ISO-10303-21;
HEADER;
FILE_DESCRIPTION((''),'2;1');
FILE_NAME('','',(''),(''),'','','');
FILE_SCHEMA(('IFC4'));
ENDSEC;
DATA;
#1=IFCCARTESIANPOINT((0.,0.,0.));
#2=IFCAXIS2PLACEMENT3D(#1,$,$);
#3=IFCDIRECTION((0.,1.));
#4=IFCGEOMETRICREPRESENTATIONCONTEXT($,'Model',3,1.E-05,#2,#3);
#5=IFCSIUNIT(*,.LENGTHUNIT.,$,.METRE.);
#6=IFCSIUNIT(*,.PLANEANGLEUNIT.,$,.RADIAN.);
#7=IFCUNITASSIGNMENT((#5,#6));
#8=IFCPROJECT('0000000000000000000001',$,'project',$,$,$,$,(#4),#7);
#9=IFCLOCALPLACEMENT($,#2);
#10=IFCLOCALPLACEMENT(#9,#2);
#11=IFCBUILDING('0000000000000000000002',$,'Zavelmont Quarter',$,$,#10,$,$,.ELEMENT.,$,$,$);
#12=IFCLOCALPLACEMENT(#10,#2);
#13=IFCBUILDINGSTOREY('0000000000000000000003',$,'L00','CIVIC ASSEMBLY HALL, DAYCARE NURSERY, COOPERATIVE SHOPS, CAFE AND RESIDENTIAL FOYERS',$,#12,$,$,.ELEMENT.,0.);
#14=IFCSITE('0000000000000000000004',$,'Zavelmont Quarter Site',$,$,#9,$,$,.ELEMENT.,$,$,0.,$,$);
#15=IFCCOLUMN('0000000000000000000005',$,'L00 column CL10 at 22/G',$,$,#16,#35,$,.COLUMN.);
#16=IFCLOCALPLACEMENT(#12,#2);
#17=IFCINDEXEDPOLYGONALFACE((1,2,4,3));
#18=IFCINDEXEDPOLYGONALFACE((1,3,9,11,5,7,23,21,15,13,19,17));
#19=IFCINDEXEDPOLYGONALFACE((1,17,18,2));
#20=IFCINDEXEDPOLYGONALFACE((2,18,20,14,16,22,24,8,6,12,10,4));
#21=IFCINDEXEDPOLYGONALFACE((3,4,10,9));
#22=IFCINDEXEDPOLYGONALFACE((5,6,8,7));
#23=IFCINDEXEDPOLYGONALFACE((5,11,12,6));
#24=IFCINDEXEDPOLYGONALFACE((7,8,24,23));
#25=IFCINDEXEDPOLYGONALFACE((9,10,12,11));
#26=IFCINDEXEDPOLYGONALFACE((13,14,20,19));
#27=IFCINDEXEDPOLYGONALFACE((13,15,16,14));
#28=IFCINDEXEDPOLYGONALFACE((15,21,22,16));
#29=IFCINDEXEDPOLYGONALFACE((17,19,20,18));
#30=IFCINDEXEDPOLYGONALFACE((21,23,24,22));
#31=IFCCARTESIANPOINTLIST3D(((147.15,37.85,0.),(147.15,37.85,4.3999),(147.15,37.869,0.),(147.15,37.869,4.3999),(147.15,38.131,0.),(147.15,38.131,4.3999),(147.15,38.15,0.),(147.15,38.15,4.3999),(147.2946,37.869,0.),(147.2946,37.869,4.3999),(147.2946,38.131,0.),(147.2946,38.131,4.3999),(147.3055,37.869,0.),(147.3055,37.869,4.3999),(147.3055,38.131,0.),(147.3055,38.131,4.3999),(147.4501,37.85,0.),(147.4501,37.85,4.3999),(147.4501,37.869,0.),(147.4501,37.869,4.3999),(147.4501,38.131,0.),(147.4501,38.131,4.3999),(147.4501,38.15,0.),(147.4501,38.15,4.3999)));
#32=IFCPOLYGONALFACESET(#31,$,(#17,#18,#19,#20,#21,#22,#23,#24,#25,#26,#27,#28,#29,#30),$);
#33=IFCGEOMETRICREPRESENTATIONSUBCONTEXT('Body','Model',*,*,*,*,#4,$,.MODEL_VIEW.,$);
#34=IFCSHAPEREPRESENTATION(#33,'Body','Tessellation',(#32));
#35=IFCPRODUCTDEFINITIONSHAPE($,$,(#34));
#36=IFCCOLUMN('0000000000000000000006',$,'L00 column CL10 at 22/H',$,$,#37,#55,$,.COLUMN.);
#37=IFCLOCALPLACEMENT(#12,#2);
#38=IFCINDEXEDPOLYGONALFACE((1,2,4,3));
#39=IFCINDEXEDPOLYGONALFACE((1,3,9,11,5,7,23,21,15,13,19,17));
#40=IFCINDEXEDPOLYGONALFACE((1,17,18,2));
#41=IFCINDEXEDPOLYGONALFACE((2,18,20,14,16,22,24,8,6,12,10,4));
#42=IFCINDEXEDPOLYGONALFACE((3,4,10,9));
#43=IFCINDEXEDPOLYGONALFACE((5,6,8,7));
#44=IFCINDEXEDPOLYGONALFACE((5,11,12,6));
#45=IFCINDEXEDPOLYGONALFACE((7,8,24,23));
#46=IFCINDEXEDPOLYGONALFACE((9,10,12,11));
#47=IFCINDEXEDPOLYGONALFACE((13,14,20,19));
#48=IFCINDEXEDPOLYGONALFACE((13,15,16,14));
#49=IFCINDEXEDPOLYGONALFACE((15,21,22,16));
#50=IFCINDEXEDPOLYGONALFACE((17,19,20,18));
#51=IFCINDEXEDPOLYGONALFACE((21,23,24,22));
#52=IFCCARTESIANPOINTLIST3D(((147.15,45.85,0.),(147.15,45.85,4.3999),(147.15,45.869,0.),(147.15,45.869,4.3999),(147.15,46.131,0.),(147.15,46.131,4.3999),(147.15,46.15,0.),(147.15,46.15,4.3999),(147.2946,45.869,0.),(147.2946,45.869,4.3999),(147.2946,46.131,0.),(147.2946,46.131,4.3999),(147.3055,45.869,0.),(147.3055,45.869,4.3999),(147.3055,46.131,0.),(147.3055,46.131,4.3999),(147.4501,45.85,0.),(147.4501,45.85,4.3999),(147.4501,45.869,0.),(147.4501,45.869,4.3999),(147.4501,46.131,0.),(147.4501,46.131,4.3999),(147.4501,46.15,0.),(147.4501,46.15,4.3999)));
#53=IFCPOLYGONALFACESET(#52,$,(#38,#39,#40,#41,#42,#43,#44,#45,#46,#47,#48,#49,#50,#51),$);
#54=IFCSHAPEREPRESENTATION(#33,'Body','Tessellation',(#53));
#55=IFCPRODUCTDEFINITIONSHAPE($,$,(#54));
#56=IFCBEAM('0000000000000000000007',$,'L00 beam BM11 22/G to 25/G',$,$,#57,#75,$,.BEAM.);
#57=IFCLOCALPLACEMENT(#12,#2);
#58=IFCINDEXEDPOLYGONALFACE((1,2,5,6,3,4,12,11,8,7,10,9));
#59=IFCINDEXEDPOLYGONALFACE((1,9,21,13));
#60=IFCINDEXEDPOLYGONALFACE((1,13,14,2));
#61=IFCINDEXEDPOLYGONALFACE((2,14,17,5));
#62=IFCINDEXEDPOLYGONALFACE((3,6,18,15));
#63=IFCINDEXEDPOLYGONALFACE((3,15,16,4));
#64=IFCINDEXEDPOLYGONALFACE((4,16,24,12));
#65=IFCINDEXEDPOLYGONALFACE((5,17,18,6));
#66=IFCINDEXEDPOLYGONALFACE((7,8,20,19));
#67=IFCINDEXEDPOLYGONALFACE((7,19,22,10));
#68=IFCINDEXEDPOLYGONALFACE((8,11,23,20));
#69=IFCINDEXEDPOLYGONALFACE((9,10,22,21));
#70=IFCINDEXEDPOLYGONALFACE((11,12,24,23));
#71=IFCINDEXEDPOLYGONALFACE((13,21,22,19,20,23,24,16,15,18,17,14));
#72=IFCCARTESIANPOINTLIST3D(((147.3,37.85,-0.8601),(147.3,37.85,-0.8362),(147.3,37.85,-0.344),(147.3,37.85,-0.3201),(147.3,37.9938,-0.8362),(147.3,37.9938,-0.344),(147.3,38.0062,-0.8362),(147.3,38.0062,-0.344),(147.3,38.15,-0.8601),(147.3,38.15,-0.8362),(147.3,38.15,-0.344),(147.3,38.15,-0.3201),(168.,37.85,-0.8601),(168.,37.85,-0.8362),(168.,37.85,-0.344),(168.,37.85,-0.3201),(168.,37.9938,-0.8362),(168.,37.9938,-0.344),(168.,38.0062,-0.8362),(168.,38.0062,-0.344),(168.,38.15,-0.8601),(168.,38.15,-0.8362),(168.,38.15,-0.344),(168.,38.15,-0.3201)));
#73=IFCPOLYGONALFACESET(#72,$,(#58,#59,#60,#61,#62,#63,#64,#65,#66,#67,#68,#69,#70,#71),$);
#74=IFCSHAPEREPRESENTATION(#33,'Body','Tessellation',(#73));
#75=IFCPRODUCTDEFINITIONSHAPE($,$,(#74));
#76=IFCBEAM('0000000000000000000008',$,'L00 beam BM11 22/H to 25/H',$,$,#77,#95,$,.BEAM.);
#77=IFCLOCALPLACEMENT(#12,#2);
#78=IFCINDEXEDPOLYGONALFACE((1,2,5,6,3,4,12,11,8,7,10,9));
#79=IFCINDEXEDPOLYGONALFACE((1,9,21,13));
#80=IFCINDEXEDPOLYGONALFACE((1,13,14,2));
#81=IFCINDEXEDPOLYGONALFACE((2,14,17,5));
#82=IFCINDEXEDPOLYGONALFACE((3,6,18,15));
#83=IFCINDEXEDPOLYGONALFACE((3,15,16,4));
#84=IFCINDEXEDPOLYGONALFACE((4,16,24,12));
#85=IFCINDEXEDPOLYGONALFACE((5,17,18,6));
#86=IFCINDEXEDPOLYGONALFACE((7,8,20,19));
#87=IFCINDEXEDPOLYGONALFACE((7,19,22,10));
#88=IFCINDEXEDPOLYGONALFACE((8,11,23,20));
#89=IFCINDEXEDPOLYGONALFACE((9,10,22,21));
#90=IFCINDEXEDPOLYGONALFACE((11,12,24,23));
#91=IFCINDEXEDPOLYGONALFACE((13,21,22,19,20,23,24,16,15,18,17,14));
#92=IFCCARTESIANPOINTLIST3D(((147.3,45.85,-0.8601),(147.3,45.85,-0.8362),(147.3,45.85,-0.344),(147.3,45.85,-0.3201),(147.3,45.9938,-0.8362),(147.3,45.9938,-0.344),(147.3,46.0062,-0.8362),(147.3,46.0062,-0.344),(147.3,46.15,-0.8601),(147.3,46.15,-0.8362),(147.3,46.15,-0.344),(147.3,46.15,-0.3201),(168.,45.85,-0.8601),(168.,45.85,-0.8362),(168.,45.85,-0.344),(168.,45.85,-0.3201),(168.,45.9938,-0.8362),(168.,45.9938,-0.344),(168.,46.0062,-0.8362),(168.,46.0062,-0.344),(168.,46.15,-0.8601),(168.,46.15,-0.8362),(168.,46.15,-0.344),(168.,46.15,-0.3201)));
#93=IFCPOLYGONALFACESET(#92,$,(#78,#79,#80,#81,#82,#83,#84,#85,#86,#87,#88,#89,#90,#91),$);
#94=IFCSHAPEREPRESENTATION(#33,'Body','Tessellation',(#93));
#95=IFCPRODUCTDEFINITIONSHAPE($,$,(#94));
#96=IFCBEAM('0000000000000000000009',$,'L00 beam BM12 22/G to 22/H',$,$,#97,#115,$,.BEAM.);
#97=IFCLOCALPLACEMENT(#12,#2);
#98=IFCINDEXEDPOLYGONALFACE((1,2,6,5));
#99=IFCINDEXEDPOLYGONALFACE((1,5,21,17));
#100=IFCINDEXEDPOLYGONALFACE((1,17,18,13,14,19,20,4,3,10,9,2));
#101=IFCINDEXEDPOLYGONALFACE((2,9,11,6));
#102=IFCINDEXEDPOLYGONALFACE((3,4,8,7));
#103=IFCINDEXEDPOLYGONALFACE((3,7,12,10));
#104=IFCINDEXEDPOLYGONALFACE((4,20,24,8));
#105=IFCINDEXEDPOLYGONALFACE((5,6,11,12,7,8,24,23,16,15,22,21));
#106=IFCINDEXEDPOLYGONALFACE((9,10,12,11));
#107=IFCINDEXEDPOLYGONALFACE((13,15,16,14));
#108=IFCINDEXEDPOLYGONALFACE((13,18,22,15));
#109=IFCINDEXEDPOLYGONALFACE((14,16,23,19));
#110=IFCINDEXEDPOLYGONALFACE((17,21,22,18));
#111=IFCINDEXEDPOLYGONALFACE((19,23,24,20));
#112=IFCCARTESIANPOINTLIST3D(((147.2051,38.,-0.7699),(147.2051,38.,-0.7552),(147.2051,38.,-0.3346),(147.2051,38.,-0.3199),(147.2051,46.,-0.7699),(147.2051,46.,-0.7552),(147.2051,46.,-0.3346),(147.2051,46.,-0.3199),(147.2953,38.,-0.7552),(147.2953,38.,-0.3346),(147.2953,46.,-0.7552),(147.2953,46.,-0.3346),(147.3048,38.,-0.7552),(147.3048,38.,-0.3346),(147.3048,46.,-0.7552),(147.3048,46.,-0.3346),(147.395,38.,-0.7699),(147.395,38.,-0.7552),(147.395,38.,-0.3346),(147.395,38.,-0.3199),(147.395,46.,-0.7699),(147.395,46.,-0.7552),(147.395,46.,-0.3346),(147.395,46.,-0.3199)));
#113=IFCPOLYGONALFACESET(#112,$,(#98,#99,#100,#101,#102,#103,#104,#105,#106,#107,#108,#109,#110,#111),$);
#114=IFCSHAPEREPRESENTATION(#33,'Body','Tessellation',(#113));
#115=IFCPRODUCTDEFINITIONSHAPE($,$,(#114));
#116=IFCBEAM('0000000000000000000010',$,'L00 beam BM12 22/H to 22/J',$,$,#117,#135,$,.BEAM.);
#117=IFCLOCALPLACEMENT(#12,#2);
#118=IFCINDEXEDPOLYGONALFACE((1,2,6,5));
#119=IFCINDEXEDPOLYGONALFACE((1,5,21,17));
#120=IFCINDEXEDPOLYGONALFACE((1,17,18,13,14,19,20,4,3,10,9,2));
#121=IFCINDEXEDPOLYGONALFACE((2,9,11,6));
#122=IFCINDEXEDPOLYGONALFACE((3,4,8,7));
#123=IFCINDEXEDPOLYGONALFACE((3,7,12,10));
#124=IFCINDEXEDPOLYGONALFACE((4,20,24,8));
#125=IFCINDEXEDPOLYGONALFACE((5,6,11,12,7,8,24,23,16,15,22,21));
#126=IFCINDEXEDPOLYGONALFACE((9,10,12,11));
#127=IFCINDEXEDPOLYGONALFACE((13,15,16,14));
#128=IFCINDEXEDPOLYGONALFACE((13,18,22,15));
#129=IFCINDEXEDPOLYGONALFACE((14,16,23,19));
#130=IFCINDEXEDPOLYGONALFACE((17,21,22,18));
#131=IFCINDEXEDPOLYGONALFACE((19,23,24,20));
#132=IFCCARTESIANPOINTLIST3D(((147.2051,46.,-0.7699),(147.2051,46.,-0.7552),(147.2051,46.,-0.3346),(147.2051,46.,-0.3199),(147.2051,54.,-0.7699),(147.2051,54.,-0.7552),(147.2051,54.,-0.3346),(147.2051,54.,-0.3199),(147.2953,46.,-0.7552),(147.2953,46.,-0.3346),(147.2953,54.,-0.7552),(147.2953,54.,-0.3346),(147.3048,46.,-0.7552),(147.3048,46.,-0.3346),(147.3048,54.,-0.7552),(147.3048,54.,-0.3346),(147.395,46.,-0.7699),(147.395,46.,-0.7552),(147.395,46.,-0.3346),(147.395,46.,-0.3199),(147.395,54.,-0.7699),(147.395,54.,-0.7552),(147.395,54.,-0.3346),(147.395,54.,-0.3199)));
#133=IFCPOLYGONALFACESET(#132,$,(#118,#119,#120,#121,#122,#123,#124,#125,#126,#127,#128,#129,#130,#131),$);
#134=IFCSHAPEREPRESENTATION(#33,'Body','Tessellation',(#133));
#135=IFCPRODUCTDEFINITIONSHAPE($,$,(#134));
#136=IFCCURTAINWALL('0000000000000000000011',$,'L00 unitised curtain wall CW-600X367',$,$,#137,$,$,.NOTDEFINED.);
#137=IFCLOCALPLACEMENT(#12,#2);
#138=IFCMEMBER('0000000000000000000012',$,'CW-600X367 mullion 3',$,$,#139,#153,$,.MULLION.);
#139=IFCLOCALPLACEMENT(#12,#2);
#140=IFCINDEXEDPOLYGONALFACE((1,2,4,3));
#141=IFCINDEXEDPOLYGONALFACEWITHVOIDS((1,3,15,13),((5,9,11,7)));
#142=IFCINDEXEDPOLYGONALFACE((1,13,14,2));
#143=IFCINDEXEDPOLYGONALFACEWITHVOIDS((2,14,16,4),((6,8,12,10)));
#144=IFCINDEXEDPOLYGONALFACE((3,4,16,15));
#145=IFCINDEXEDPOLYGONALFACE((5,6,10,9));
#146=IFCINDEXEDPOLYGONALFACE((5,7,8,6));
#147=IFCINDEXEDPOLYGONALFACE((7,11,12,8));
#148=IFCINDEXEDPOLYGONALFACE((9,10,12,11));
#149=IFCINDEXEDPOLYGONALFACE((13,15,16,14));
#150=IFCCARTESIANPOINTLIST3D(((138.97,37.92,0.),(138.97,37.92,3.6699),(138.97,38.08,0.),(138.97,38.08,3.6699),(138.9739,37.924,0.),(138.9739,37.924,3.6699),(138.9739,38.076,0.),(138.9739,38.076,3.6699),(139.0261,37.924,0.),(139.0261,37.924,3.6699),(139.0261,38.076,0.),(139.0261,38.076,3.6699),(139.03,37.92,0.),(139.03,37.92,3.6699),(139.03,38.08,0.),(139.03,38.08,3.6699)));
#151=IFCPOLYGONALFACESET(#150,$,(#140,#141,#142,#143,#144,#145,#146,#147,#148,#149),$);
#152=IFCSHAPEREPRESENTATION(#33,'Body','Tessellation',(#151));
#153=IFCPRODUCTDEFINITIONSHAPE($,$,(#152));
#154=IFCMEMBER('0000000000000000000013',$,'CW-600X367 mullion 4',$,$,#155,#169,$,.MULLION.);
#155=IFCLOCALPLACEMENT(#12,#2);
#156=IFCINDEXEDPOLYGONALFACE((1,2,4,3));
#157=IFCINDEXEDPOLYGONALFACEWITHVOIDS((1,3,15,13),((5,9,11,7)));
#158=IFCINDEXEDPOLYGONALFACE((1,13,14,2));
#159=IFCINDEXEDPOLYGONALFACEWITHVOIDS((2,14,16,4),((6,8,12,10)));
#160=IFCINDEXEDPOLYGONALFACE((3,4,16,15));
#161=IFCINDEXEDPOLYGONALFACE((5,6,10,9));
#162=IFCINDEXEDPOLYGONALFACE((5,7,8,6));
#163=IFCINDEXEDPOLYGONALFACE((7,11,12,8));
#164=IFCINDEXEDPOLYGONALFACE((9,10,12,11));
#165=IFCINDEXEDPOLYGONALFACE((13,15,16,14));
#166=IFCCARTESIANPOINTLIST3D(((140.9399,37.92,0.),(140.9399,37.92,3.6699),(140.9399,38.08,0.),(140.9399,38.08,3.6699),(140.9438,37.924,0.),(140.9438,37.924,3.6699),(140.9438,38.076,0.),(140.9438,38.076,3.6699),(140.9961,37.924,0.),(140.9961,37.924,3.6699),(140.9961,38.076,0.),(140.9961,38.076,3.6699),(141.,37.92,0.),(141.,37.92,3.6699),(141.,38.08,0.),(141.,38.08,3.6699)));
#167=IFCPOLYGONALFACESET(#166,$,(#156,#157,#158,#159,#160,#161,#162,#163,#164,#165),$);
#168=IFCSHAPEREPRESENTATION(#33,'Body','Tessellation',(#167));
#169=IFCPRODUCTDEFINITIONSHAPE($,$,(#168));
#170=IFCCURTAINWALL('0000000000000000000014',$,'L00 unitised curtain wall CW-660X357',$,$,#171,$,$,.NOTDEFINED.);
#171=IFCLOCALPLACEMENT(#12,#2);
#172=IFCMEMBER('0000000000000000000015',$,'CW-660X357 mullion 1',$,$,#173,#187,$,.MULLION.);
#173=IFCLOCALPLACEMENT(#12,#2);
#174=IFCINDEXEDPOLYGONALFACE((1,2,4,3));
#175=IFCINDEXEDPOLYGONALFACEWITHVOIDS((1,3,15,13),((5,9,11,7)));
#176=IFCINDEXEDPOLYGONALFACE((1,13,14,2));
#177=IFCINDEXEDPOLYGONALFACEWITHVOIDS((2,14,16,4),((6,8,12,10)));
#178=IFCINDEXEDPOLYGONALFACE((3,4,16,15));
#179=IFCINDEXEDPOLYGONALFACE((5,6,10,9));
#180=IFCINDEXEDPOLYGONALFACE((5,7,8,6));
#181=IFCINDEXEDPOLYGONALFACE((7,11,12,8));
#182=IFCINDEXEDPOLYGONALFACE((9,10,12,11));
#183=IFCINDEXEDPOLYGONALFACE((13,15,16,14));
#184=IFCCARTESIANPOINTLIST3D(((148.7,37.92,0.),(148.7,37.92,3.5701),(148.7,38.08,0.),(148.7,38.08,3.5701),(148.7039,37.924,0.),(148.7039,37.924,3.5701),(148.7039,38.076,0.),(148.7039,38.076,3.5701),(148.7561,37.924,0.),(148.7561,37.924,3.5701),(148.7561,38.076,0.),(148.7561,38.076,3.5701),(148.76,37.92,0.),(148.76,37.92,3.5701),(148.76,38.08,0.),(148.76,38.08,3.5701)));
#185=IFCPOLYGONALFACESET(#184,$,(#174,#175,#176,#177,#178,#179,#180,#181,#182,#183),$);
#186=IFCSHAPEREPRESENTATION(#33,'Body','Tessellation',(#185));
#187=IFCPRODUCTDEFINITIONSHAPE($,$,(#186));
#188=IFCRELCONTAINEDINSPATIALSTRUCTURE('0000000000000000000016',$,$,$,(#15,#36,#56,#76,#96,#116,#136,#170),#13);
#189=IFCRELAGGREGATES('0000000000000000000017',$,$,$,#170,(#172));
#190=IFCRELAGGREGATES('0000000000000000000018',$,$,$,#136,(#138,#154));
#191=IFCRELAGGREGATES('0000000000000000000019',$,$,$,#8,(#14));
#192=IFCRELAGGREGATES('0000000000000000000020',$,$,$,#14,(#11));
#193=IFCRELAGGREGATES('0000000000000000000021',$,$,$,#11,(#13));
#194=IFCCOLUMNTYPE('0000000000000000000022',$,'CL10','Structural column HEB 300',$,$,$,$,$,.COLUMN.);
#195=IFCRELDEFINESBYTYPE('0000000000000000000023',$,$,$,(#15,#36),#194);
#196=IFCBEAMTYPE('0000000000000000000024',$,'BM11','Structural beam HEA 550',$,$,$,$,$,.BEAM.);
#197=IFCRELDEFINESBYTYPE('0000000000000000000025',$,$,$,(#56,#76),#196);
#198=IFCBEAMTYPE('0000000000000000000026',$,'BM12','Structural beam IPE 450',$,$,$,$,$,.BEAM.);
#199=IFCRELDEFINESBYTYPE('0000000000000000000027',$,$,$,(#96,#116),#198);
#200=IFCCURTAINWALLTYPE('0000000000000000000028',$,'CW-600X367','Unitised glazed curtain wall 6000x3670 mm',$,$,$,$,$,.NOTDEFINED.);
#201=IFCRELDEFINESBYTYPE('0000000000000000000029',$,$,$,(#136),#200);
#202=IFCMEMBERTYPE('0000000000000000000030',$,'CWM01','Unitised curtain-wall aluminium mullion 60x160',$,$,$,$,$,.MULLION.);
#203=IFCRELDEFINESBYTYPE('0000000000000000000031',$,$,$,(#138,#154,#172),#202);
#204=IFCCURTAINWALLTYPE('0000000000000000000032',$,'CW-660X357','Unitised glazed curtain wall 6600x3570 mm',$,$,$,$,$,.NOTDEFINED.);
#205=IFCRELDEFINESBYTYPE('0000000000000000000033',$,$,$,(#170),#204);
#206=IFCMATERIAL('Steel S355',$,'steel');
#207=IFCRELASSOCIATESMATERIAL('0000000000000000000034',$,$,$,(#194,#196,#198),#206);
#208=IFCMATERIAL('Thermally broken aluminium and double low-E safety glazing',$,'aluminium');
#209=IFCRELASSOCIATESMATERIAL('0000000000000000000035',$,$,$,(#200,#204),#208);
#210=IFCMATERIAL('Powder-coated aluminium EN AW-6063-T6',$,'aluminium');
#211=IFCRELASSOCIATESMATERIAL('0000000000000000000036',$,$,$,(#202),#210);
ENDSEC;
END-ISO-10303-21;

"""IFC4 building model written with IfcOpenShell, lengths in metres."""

from ifc_helpers import new_model, si_unit, direction, frame, origin, origin_2d, place, context, subcontext, project, spatial, hollow_rectangle, i_section, extrude, material, material_profile, profile_set, type_object, element, aggregate, save


model = new_model("IFC4")

# Units and contexts
model_context = context("Model", 3, precision=1e-05, world=origin(), true_north=direction((0.0, 1.0)))
body_context = subcontext(model_context, "Body", "Model", "MODEL_VIEW")
ifc_project = project(units=[si_unit("LENGTHUNIT", "METRE"), si_unit("PLANEANGLEUNIT", "RADIAN")], contexts=[model_context])

# Site, building, storey
site_placement = place(None, origin())
site = spatial("IfcSite", under=ifc_project, at=site_placement, Name="Zavelmont Quarter Site", CompositionType="ELEMENT", RefElevation=0.0)
building_placement = place(site_placement, origin())
building = spatial("IfcBuilding", under=site, at=building_placement, Name="Zavelmont Quarter", CompositionType="ELEMENT")
storey_placement = place(building_placement, origin())
storey = spatial("IfcBuildingStorey", under=building, at=storey_placement, Name="L00", Description="CIVIC ASSEMBLY HALL, DAYCARE NURSERY, COOPERATIVE SHOPS, CAFE AND RESIDENTIAL FOYERS", CompositionType="ELEMENT", Elevation=0.0)

# Columns
ifc_material_1 = material(Name="Steel S355", Category="steel")
ifc_material_profile_1 = material_profile(ifc_material_1, i_section(OverallWidth=0.3, OverallDepth=0.3, WebThickness=0.011, FlangeThickness=0.019, at=origin_2d()), Name="HEB 300")
ifc_profile_set_1 = profile_set([ifc_material_profile_1], Name="Steel S355")
column_type = type_object("IfcColumnType", Name="CL10", Description="Structural column HEB 300", PredefinedType="COLUMN", material=ifc_profile_set_1)
for number, where, z_axis, x_axis, name in (
    (1, (147.3, 38.0, 0.0), (0.0, 0.0, 1.0), (1.0, 0.0, 0.0), "L00 column CL10 at 22/G"),
    (2, (147.3, 46.0, 0.0), (0.0, 0.0, 1.0), (1.0, 0.0, 0.0), "L00 column CL10 at 22/H"),
):
    element("IfcColumn", number, at=place(storey_placement, frame(where, z_axis=z_axis, x_axis=x_axis)), inside=storey, type_object=column_type, Name=name, PredefinedType="COLUMN", context=body_context, shape_type="SweptSolid", body=[
        extrude(i_section(OverallWidth=0.3, OverallDepth=0.3, WebThickness=0.011, FlangeThickness=0.019, at=origin_2d()), origin(), (0.0, 0.0, 1.0), 4.3999),
    ])

# Beams
ifc_material_profile_2 = material_profile(ifc_material_1, i_section(OverallWidth=0.3, OverallDepth=0.54, WebThickness=0.0125, FlangeThickness=0.0239, at=origin_2d()), Name="HEA 550")
ifc_profile_set_2 = profile_set([ifc_material_profile_2], Name="Steel S355")
beam_type_1 = type_object("IfcBeamType", Name="BM11", Description="Structural beam HEA 550", PredefinedType="BEAM", material=ifc_profile_set_2)
for number, where, z_axis, x_axis, name in (
    (3, (147.3, 38.0, -0.5901), (1.0, 0.0, 0.0), (0.0, 1.0, 0.0), "L00 beam BM11 22/G to 25/G"),
    (4, (147.3, 46.0, -0.5901), (1.0, 0.0, 0.0), (0.0, 1.0, 0.0), "L00 beam BM11 22/H to 25/H"),
):
    element("IfcBeam", number, at=place(storey_placement, frame(where, z_axis=z_axis, x_axis=x_axis)), inside=storey, type_object=beam_type_1, Name=name, PredefinedType="BEAM", context=body_context, shape_type="SweptSolid", body=[
        extrude(i_section(OverallWidth=0.3, OverallDepth=0.54, WebThickness=0.0125, FlangeThickness=0.0239, at=origin_2d()), origin(), (0.0, 0.0, 1.0), 20.7),
    ])
ifc_material_profile_3 = material_profile(ifc_material_1, i_section(OverallWidth=0.1899, OverallDepth=0.45, WebThickness=0.0095, FlangeThickness=0.0146, at=origin_2d()), Name="IPE 450")
ifc_profile_set_3 = profile_set([ifc_material_profile_3], Name="Steel S355")
beam_type_2 = type_object("IfcBeamType", Name="BM12", Description="Structural beam IPE 450", PredefinedType="BEAM", material=ifc_profile_set_3)
for number, where, z_axis, x_axis, name in (
    (5, (147.3, 38.0, -0.5449), (0.0, 1.0, 0.0), (-1.0, 0.0, 0.0), "L00 beam BM12 22/G to 22/H"),
    (6, (147.3, 46.0, -0.5449), (0.0, 1.0, 0.0), (-1.0, 0.0, 0.0), "L00 beam BM12 22/H to 22/J"),
):
    element("IfcBeam", number, at=place(storey_placement, frame(where, z_axis=z_axis, x_axis=x_axis)), inside=storey, type_object=beam_type_2, Name=name, PredefinedType="BEAM", context=body_context, shape_type="SweptSolid", body=[
        extrude(i_section(OverallWidth=0.1899, OverallDepth=0.45, WebThickness=0.0095, FlangeThickness=0.0146, at=origin_2d()), origin(), (0.0, 0.0, 1.0), 8.0),
    ])

# Curtain walls, members
ifc_material_2 = material(Name="Thermally broken aluminium and double low-E safety glazing", Category="aluminium")
curtain_wall_type_1 = type_object("IfcCurtainWallType", Name="CW-600X367", Description="Unitised glazed curtain wall 6000x3670 mm", PredefinedType="NOTDEFINED", material=ifc_material_2)
curtain_wall_1_placement = place(storey_placement, origin())
curtain_wall_1 = element("IfcCurtainWall", 7, at=curtain_wall_1_placement, inside=storey, type_object=curtain_wall_type_1, Name="L00 unitised curtain wall CW-600X367", PredefinedType="NOTDEFINED")
ifc_material_3 = material(Name="Powder-coated aluminium EN AW-6063-T6", Category="aluminium")
ifc_material_profile_4 = material_profile(ifc_material_3, hollow_rectangle(XDim=0.0601, YDim=0.1599, WallThickness=0.0039, at=origin_2d()), Name="CWM60X160")
ifc_profile_set_4 = profile_set([ifc_material_profile_4], Name="Powder-coated aluminium EN AW-6063-T6")
member_type_1 = type_object("IfcMemberType", Name="CWM01", Description="Unitised curtain-wall aluminium mullion 60x160", PredefinedType="MULLION", material=ifc_profile_set_4)
member_1_placement = place(storey_placement, frame((139.0, 38.0, 0.0), z_axis=(0.0, 0.0, 1.0), x_axis=(1.0, 0.0, 0.0)))
member_1 = element("IfcMember", 8, at=member_1_placement, type_object=member_type_1, Name="CW-600X367 mullion 3", PredefinedType="MULLION", context=body_context, shape_type="SweptSolid", body=[
    extrude(hollow_rectangle(XDim=0.0601, YDim=0.1599, WallThickness=0.0039, at=origin_2d()), origin(), (0.0, 0.0, 1.0), 3.6699),
])
member_2_placement = place(storey_placement, frame((140.97, 38.0, 0.0), z_axis=(0.0, 0.0, 1.0), x_axis=(1.0, 0.0, 0.0)))
member_2 = element("IfcMember", 9, at=member_2_placement, type_object=member_type_1, Name="CW-600X367 mullion 4", PredefinedType="MULLION", context=body_context, shape_type="SweptSolid", body=[
    extrude(hollow_rectangle(XDim=0.0601, YDim=0.1599, WallThickness=0.0039, at=origin_2d()), origin(), (0.0, 0.0, 1.0), 3.6699),
])
curtain_wall_type_2 = type_object("IfcCurtainWallType", Name="CW-660X357", Description="Unitised glazed curtain wall 6600x3570 mm", PredefinedType="NOTDEFINED", material=ifc_material_2)
curtain_wall_2_placement = place(storey_placement, origin())
curtain_wall_2 = element("IfcCurtainWall", 10, at=curtain_wall_2_placement, inside=storey, type_object=curtain_wall_type_2, Name="L00 unitised curtain wall CW-660X357", PredefinedType="NOTDEFINED")
member_3_placement = place(storey_placement, frame((148.73, 38.0, 0.0), z_axis=(0.0, 0.0, 1.0), x_axis=(1.0, 0.0, 0.0)))
member_3 = element("IfcMember", 11, at=member_3_placement, type_object=member_type_1, Name="CW-660X357 mullion 1", PredefinedType="MULLION", context=body_context, shape_type="SweptSolid", body=[
    extrude(hollow_rectangle(XDim=0.0601, YDim=0.1599, WallThickness=0.0039, at=origin_2d()), origin(), (0.0, 0.0, 1.0), 3.5701),
])

aggregate(curtain_wall_2, [member_3])
aggregate(curtain_wall_1, [member_1, member_2])

save(model, "model.ifc")
